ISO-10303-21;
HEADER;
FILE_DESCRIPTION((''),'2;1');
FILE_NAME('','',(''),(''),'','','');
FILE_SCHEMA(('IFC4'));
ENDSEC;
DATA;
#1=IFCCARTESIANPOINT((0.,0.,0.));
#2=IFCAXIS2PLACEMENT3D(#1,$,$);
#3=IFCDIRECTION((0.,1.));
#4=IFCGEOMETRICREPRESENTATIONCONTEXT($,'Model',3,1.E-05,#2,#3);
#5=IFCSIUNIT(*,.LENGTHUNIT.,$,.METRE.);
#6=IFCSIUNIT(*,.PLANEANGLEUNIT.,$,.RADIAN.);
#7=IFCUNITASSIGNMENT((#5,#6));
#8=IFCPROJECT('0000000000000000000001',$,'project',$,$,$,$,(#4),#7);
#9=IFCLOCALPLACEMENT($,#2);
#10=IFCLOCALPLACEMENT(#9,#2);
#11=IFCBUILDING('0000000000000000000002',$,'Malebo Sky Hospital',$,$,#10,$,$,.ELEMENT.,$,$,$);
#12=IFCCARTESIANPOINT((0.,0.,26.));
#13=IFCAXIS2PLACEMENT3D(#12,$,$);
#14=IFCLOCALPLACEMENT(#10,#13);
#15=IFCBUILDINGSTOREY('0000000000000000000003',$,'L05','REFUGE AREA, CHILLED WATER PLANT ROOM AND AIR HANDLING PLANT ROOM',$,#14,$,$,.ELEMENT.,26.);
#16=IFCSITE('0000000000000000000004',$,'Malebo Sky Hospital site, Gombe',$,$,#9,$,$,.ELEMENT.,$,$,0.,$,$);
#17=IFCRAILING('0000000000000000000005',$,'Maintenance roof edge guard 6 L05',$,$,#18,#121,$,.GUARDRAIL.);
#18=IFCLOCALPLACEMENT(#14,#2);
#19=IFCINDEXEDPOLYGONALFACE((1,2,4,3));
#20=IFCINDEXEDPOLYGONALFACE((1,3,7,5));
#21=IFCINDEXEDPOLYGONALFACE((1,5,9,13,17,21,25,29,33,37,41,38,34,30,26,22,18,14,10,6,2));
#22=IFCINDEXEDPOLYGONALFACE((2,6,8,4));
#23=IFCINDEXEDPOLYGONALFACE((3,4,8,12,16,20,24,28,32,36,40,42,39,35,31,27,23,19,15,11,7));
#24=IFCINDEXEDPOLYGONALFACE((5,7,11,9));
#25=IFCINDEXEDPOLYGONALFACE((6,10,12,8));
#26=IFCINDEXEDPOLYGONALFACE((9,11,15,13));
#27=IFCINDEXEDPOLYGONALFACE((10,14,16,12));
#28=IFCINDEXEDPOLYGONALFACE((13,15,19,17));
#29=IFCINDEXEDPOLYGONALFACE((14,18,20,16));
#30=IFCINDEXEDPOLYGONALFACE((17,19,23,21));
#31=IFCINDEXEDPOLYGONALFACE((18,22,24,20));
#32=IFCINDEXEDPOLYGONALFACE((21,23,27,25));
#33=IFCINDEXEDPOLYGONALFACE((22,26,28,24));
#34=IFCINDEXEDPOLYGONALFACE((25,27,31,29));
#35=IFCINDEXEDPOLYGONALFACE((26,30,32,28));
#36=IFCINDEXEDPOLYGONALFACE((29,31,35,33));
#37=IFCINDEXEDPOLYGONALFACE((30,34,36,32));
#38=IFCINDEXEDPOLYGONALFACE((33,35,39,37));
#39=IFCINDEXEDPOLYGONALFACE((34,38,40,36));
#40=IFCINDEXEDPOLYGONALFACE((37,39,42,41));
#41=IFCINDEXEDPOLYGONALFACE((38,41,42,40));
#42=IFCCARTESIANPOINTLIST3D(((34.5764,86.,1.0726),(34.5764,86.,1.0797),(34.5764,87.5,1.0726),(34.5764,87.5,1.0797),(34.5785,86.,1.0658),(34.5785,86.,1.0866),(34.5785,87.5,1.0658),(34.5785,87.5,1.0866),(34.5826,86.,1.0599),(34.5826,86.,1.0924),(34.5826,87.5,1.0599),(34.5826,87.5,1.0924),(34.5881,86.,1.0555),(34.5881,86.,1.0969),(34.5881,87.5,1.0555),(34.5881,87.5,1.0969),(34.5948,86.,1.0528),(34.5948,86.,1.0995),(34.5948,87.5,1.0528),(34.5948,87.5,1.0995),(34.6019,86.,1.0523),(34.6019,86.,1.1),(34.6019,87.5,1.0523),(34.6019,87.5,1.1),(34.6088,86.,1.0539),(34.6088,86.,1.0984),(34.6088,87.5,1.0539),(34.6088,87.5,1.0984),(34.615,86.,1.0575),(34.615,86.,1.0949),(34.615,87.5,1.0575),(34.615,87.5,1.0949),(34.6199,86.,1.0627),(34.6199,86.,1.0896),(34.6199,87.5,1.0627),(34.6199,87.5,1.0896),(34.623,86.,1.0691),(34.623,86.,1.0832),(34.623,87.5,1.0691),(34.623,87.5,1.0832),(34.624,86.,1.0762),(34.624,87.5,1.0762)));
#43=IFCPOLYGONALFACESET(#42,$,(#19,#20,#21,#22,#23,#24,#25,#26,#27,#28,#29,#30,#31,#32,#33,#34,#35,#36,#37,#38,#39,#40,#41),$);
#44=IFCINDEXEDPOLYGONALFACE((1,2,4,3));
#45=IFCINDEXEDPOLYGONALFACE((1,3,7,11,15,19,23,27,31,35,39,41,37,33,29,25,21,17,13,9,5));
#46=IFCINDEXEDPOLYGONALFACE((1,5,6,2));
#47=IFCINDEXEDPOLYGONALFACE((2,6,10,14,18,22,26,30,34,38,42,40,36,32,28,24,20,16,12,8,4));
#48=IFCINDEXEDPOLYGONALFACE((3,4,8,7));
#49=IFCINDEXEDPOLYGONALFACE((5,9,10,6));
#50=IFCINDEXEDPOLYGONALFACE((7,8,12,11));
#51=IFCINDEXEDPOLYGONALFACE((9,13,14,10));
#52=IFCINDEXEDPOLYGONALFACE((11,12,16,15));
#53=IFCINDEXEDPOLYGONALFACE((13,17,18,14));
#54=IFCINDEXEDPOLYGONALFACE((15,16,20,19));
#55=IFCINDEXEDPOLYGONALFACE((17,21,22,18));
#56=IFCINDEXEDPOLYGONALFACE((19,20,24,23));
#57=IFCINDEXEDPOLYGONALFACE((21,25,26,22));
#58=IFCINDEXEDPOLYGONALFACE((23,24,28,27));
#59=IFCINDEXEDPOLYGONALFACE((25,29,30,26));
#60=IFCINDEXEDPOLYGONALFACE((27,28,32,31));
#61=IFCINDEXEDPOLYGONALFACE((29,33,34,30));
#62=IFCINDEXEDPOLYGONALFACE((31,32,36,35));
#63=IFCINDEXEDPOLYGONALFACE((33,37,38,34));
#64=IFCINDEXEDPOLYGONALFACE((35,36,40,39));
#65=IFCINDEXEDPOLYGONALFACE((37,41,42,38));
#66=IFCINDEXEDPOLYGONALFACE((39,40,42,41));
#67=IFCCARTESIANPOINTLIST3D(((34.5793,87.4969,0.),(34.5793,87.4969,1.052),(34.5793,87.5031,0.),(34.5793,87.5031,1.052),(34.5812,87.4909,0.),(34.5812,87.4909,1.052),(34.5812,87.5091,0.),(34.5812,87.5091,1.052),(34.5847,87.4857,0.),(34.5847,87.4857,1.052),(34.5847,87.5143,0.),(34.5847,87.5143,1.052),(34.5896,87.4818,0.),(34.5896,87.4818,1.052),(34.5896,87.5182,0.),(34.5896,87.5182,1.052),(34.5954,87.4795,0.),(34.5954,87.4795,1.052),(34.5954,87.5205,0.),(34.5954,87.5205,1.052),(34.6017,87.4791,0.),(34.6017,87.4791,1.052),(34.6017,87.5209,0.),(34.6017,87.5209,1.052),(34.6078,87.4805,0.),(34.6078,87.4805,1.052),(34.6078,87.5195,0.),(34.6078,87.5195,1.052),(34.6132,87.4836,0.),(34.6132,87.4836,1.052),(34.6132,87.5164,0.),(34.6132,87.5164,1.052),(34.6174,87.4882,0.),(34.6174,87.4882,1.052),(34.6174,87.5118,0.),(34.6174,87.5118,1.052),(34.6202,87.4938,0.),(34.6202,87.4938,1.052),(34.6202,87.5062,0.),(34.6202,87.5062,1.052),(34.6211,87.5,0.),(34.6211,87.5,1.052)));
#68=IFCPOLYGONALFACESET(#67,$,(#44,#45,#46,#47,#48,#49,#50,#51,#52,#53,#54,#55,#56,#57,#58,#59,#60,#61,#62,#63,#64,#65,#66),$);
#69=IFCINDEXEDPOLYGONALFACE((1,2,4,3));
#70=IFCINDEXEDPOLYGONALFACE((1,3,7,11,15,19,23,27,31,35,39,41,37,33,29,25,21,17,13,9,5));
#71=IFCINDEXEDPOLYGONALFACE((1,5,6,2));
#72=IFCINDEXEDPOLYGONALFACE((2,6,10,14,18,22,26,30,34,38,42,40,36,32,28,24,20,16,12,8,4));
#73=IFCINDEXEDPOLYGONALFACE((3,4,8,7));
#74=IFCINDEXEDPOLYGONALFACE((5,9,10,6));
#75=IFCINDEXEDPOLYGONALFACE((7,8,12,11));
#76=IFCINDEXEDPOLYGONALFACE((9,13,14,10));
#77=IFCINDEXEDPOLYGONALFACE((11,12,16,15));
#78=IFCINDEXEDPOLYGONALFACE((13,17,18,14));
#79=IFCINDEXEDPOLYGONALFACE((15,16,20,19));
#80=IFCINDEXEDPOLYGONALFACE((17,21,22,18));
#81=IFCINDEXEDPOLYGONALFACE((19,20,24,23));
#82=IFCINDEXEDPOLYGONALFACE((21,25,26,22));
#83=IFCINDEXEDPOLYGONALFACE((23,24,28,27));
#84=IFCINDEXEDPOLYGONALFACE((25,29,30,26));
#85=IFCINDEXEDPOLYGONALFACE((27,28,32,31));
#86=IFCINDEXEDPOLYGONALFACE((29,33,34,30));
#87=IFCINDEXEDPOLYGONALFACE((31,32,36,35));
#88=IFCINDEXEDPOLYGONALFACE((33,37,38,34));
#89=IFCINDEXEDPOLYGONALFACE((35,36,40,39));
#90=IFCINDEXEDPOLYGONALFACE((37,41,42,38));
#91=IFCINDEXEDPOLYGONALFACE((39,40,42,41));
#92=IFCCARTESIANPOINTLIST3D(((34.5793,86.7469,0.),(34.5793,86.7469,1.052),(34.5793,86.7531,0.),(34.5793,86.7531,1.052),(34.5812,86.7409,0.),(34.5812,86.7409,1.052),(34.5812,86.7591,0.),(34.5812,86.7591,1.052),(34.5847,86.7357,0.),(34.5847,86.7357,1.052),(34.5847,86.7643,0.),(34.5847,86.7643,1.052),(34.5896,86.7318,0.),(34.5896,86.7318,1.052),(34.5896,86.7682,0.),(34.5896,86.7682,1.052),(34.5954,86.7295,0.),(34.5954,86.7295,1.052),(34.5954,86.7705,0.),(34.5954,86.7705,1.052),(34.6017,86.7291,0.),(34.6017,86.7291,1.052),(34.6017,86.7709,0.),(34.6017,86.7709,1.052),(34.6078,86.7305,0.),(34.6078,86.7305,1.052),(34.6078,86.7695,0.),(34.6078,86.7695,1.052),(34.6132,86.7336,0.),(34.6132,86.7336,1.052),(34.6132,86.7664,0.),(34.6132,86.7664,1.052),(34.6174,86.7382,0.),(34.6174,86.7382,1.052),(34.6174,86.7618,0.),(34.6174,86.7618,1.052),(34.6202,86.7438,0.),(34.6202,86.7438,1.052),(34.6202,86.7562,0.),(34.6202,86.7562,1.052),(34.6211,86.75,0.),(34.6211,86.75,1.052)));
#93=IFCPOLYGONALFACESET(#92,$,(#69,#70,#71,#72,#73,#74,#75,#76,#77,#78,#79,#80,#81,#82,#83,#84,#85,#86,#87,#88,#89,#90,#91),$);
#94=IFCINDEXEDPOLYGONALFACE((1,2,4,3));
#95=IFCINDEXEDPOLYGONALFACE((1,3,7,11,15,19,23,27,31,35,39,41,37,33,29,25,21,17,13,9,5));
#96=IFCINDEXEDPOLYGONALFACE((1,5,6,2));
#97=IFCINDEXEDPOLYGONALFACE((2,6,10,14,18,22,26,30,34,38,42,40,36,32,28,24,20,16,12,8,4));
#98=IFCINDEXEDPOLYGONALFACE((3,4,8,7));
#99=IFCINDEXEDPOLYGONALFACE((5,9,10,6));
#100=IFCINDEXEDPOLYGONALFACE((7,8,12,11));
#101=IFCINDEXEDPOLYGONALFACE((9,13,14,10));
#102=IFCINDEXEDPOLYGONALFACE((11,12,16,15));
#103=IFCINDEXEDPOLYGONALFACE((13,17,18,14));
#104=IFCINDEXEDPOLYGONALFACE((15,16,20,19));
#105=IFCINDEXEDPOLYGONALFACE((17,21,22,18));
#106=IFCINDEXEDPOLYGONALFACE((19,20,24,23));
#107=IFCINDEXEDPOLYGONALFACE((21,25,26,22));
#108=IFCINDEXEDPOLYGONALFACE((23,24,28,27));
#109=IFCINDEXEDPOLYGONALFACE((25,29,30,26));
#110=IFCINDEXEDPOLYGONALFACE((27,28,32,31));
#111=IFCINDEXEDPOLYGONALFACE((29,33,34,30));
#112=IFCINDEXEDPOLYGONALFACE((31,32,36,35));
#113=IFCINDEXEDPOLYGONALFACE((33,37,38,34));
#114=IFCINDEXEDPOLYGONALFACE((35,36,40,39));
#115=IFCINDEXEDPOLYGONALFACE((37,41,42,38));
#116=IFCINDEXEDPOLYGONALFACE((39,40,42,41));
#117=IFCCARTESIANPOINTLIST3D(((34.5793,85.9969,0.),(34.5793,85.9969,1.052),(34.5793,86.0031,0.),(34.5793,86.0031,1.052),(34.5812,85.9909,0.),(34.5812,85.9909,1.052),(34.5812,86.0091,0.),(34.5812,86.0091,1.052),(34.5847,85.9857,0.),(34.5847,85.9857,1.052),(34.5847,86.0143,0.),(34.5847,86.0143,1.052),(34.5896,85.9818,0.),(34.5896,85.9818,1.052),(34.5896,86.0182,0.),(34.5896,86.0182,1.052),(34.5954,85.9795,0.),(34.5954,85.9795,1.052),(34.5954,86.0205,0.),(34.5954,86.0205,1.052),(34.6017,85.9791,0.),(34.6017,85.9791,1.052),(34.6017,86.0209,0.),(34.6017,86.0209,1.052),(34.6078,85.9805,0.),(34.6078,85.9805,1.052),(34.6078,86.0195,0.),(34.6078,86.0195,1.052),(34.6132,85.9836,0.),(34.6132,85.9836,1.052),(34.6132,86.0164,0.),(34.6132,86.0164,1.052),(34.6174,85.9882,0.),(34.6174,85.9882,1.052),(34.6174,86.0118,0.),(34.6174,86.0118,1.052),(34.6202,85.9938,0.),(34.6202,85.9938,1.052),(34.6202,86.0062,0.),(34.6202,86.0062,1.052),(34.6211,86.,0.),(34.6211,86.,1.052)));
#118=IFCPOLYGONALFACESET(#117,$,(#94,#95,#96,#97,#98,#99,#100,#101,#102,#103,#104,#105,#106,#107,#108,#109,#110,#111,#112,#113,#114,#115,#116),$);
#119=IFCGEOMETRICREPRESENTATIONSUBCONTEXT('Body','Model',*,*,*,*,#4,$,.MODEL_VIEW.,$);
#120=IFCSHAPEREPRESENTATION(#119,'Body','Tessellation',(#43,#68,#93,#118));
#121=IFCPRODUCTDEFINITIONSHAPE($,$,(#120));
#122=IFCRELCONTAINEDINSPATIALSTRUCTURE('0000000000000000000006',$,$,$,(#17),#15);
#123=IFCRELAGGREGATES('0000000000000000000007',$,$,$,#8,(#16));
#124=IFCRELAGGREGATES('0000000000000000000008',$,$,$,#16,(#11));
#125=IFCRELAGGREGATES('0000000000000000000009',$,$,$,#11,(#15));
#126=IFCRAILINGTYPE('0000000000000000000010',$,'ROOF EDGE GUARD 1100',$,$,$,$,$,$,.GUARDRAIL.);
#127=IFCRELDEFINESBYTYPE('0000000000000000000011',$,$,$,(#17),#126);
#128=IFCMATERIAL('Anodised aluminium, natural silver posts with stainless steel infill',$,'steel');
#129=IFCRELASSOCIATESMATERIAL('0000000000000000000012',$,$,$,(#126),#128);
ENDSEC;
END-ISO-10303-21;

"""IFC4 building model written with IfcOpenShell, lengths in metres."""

from ifc_helpers import new_model, si_unit, direction, frame, origin, origin_2d, place, context, subcontext, project, spatial, circle, extrude, material, type_object, element, save


model = new_model("IFC4")

# Units and contexts
model_context = context("Model", 3, precision=1e-05, world=origin(), true_north=direction((0.0, 1.0)))
body_context = subcontext(model_context, "Body", "Model", "MODEL_VIEW")
ifc_project = project(units=[si_unit("LENGTHUNIT", "METRE"), si_unit("PLANEANGLEUNIT", "RADIAN")], contexts=[model_context])

# Site, building, storey
site_placement = place(None, origin())
site = spatial("IfcSite", under=ifc_project, at=site_placement, Name="Malebo Sky Hospital site, Gombe", CompositionType="ELEMENT", RefElevation=0.0)
building_placement = place(site_placement, origin())
building = spatial("IfcBuilding", under=site, at=building_placement, Name="Malebo Sky Hospital", CompositionType="ELEMENT")
storey_placement = place(building_placement, frame((0.0, 0.0, 26.0)))
storey = spatial("IfcBuildingStorey", under=building, at=storey_placement, Name="L05", Description="REFUGE AREA, CHILLED WATER PLANT ROOM AND AIR HANDLING PLANT ROOM", CompositionType="ELEMENT", Elevation=26.0)

# Railing
ifc_material_1 = material(Name="Anodised aluminium, natural silver posts with stainless steel infill", Category="steel")
railing_type = type_object("IfcRailingType", Name="ROOF EDGE GUARD 1100", PredefinedType="GUARDRAIL", material=ifc_material_1)
railing_1_placement = place(storey_placement, frame((34.6001, 87.5, 0.0)))
element("IfcRailing", 1, at=railing_1_placement, inside=storey, type_object=railing_type, Name="Maintenance roof edge guard 6 L05", PredefinedType="GUARDRAIL", context=body_context, shape_type="SweptSolid", body=[
    extrude(circle(Radius=0.0239, at=origin_2d()), frame((0.0, 0.0, 1.0762), z_axis=(0.0, -1.0, 0.0), x_axis=(1.0, 0.0, 0.0)), (0.0, 0.0, 1.0), 1.5),
    extrude(circle(Radius=0.021, at=origin_2d()), origin(), (0.0, 0.0, 1.0), 1.052),
    extrude(circle(Radius=0.021, at=origin_2d()), frame((0.0, -0.75, 0.0)), (0.0, 0.0, 1.0), 1.052),
    extrude(circle(Radius=0.021, at=origin_2d()), frame((0.0, -1.5, 0.0)), (0.0, 0.0, 1.0), 1.052),
])

save(model, "model.ifc")
